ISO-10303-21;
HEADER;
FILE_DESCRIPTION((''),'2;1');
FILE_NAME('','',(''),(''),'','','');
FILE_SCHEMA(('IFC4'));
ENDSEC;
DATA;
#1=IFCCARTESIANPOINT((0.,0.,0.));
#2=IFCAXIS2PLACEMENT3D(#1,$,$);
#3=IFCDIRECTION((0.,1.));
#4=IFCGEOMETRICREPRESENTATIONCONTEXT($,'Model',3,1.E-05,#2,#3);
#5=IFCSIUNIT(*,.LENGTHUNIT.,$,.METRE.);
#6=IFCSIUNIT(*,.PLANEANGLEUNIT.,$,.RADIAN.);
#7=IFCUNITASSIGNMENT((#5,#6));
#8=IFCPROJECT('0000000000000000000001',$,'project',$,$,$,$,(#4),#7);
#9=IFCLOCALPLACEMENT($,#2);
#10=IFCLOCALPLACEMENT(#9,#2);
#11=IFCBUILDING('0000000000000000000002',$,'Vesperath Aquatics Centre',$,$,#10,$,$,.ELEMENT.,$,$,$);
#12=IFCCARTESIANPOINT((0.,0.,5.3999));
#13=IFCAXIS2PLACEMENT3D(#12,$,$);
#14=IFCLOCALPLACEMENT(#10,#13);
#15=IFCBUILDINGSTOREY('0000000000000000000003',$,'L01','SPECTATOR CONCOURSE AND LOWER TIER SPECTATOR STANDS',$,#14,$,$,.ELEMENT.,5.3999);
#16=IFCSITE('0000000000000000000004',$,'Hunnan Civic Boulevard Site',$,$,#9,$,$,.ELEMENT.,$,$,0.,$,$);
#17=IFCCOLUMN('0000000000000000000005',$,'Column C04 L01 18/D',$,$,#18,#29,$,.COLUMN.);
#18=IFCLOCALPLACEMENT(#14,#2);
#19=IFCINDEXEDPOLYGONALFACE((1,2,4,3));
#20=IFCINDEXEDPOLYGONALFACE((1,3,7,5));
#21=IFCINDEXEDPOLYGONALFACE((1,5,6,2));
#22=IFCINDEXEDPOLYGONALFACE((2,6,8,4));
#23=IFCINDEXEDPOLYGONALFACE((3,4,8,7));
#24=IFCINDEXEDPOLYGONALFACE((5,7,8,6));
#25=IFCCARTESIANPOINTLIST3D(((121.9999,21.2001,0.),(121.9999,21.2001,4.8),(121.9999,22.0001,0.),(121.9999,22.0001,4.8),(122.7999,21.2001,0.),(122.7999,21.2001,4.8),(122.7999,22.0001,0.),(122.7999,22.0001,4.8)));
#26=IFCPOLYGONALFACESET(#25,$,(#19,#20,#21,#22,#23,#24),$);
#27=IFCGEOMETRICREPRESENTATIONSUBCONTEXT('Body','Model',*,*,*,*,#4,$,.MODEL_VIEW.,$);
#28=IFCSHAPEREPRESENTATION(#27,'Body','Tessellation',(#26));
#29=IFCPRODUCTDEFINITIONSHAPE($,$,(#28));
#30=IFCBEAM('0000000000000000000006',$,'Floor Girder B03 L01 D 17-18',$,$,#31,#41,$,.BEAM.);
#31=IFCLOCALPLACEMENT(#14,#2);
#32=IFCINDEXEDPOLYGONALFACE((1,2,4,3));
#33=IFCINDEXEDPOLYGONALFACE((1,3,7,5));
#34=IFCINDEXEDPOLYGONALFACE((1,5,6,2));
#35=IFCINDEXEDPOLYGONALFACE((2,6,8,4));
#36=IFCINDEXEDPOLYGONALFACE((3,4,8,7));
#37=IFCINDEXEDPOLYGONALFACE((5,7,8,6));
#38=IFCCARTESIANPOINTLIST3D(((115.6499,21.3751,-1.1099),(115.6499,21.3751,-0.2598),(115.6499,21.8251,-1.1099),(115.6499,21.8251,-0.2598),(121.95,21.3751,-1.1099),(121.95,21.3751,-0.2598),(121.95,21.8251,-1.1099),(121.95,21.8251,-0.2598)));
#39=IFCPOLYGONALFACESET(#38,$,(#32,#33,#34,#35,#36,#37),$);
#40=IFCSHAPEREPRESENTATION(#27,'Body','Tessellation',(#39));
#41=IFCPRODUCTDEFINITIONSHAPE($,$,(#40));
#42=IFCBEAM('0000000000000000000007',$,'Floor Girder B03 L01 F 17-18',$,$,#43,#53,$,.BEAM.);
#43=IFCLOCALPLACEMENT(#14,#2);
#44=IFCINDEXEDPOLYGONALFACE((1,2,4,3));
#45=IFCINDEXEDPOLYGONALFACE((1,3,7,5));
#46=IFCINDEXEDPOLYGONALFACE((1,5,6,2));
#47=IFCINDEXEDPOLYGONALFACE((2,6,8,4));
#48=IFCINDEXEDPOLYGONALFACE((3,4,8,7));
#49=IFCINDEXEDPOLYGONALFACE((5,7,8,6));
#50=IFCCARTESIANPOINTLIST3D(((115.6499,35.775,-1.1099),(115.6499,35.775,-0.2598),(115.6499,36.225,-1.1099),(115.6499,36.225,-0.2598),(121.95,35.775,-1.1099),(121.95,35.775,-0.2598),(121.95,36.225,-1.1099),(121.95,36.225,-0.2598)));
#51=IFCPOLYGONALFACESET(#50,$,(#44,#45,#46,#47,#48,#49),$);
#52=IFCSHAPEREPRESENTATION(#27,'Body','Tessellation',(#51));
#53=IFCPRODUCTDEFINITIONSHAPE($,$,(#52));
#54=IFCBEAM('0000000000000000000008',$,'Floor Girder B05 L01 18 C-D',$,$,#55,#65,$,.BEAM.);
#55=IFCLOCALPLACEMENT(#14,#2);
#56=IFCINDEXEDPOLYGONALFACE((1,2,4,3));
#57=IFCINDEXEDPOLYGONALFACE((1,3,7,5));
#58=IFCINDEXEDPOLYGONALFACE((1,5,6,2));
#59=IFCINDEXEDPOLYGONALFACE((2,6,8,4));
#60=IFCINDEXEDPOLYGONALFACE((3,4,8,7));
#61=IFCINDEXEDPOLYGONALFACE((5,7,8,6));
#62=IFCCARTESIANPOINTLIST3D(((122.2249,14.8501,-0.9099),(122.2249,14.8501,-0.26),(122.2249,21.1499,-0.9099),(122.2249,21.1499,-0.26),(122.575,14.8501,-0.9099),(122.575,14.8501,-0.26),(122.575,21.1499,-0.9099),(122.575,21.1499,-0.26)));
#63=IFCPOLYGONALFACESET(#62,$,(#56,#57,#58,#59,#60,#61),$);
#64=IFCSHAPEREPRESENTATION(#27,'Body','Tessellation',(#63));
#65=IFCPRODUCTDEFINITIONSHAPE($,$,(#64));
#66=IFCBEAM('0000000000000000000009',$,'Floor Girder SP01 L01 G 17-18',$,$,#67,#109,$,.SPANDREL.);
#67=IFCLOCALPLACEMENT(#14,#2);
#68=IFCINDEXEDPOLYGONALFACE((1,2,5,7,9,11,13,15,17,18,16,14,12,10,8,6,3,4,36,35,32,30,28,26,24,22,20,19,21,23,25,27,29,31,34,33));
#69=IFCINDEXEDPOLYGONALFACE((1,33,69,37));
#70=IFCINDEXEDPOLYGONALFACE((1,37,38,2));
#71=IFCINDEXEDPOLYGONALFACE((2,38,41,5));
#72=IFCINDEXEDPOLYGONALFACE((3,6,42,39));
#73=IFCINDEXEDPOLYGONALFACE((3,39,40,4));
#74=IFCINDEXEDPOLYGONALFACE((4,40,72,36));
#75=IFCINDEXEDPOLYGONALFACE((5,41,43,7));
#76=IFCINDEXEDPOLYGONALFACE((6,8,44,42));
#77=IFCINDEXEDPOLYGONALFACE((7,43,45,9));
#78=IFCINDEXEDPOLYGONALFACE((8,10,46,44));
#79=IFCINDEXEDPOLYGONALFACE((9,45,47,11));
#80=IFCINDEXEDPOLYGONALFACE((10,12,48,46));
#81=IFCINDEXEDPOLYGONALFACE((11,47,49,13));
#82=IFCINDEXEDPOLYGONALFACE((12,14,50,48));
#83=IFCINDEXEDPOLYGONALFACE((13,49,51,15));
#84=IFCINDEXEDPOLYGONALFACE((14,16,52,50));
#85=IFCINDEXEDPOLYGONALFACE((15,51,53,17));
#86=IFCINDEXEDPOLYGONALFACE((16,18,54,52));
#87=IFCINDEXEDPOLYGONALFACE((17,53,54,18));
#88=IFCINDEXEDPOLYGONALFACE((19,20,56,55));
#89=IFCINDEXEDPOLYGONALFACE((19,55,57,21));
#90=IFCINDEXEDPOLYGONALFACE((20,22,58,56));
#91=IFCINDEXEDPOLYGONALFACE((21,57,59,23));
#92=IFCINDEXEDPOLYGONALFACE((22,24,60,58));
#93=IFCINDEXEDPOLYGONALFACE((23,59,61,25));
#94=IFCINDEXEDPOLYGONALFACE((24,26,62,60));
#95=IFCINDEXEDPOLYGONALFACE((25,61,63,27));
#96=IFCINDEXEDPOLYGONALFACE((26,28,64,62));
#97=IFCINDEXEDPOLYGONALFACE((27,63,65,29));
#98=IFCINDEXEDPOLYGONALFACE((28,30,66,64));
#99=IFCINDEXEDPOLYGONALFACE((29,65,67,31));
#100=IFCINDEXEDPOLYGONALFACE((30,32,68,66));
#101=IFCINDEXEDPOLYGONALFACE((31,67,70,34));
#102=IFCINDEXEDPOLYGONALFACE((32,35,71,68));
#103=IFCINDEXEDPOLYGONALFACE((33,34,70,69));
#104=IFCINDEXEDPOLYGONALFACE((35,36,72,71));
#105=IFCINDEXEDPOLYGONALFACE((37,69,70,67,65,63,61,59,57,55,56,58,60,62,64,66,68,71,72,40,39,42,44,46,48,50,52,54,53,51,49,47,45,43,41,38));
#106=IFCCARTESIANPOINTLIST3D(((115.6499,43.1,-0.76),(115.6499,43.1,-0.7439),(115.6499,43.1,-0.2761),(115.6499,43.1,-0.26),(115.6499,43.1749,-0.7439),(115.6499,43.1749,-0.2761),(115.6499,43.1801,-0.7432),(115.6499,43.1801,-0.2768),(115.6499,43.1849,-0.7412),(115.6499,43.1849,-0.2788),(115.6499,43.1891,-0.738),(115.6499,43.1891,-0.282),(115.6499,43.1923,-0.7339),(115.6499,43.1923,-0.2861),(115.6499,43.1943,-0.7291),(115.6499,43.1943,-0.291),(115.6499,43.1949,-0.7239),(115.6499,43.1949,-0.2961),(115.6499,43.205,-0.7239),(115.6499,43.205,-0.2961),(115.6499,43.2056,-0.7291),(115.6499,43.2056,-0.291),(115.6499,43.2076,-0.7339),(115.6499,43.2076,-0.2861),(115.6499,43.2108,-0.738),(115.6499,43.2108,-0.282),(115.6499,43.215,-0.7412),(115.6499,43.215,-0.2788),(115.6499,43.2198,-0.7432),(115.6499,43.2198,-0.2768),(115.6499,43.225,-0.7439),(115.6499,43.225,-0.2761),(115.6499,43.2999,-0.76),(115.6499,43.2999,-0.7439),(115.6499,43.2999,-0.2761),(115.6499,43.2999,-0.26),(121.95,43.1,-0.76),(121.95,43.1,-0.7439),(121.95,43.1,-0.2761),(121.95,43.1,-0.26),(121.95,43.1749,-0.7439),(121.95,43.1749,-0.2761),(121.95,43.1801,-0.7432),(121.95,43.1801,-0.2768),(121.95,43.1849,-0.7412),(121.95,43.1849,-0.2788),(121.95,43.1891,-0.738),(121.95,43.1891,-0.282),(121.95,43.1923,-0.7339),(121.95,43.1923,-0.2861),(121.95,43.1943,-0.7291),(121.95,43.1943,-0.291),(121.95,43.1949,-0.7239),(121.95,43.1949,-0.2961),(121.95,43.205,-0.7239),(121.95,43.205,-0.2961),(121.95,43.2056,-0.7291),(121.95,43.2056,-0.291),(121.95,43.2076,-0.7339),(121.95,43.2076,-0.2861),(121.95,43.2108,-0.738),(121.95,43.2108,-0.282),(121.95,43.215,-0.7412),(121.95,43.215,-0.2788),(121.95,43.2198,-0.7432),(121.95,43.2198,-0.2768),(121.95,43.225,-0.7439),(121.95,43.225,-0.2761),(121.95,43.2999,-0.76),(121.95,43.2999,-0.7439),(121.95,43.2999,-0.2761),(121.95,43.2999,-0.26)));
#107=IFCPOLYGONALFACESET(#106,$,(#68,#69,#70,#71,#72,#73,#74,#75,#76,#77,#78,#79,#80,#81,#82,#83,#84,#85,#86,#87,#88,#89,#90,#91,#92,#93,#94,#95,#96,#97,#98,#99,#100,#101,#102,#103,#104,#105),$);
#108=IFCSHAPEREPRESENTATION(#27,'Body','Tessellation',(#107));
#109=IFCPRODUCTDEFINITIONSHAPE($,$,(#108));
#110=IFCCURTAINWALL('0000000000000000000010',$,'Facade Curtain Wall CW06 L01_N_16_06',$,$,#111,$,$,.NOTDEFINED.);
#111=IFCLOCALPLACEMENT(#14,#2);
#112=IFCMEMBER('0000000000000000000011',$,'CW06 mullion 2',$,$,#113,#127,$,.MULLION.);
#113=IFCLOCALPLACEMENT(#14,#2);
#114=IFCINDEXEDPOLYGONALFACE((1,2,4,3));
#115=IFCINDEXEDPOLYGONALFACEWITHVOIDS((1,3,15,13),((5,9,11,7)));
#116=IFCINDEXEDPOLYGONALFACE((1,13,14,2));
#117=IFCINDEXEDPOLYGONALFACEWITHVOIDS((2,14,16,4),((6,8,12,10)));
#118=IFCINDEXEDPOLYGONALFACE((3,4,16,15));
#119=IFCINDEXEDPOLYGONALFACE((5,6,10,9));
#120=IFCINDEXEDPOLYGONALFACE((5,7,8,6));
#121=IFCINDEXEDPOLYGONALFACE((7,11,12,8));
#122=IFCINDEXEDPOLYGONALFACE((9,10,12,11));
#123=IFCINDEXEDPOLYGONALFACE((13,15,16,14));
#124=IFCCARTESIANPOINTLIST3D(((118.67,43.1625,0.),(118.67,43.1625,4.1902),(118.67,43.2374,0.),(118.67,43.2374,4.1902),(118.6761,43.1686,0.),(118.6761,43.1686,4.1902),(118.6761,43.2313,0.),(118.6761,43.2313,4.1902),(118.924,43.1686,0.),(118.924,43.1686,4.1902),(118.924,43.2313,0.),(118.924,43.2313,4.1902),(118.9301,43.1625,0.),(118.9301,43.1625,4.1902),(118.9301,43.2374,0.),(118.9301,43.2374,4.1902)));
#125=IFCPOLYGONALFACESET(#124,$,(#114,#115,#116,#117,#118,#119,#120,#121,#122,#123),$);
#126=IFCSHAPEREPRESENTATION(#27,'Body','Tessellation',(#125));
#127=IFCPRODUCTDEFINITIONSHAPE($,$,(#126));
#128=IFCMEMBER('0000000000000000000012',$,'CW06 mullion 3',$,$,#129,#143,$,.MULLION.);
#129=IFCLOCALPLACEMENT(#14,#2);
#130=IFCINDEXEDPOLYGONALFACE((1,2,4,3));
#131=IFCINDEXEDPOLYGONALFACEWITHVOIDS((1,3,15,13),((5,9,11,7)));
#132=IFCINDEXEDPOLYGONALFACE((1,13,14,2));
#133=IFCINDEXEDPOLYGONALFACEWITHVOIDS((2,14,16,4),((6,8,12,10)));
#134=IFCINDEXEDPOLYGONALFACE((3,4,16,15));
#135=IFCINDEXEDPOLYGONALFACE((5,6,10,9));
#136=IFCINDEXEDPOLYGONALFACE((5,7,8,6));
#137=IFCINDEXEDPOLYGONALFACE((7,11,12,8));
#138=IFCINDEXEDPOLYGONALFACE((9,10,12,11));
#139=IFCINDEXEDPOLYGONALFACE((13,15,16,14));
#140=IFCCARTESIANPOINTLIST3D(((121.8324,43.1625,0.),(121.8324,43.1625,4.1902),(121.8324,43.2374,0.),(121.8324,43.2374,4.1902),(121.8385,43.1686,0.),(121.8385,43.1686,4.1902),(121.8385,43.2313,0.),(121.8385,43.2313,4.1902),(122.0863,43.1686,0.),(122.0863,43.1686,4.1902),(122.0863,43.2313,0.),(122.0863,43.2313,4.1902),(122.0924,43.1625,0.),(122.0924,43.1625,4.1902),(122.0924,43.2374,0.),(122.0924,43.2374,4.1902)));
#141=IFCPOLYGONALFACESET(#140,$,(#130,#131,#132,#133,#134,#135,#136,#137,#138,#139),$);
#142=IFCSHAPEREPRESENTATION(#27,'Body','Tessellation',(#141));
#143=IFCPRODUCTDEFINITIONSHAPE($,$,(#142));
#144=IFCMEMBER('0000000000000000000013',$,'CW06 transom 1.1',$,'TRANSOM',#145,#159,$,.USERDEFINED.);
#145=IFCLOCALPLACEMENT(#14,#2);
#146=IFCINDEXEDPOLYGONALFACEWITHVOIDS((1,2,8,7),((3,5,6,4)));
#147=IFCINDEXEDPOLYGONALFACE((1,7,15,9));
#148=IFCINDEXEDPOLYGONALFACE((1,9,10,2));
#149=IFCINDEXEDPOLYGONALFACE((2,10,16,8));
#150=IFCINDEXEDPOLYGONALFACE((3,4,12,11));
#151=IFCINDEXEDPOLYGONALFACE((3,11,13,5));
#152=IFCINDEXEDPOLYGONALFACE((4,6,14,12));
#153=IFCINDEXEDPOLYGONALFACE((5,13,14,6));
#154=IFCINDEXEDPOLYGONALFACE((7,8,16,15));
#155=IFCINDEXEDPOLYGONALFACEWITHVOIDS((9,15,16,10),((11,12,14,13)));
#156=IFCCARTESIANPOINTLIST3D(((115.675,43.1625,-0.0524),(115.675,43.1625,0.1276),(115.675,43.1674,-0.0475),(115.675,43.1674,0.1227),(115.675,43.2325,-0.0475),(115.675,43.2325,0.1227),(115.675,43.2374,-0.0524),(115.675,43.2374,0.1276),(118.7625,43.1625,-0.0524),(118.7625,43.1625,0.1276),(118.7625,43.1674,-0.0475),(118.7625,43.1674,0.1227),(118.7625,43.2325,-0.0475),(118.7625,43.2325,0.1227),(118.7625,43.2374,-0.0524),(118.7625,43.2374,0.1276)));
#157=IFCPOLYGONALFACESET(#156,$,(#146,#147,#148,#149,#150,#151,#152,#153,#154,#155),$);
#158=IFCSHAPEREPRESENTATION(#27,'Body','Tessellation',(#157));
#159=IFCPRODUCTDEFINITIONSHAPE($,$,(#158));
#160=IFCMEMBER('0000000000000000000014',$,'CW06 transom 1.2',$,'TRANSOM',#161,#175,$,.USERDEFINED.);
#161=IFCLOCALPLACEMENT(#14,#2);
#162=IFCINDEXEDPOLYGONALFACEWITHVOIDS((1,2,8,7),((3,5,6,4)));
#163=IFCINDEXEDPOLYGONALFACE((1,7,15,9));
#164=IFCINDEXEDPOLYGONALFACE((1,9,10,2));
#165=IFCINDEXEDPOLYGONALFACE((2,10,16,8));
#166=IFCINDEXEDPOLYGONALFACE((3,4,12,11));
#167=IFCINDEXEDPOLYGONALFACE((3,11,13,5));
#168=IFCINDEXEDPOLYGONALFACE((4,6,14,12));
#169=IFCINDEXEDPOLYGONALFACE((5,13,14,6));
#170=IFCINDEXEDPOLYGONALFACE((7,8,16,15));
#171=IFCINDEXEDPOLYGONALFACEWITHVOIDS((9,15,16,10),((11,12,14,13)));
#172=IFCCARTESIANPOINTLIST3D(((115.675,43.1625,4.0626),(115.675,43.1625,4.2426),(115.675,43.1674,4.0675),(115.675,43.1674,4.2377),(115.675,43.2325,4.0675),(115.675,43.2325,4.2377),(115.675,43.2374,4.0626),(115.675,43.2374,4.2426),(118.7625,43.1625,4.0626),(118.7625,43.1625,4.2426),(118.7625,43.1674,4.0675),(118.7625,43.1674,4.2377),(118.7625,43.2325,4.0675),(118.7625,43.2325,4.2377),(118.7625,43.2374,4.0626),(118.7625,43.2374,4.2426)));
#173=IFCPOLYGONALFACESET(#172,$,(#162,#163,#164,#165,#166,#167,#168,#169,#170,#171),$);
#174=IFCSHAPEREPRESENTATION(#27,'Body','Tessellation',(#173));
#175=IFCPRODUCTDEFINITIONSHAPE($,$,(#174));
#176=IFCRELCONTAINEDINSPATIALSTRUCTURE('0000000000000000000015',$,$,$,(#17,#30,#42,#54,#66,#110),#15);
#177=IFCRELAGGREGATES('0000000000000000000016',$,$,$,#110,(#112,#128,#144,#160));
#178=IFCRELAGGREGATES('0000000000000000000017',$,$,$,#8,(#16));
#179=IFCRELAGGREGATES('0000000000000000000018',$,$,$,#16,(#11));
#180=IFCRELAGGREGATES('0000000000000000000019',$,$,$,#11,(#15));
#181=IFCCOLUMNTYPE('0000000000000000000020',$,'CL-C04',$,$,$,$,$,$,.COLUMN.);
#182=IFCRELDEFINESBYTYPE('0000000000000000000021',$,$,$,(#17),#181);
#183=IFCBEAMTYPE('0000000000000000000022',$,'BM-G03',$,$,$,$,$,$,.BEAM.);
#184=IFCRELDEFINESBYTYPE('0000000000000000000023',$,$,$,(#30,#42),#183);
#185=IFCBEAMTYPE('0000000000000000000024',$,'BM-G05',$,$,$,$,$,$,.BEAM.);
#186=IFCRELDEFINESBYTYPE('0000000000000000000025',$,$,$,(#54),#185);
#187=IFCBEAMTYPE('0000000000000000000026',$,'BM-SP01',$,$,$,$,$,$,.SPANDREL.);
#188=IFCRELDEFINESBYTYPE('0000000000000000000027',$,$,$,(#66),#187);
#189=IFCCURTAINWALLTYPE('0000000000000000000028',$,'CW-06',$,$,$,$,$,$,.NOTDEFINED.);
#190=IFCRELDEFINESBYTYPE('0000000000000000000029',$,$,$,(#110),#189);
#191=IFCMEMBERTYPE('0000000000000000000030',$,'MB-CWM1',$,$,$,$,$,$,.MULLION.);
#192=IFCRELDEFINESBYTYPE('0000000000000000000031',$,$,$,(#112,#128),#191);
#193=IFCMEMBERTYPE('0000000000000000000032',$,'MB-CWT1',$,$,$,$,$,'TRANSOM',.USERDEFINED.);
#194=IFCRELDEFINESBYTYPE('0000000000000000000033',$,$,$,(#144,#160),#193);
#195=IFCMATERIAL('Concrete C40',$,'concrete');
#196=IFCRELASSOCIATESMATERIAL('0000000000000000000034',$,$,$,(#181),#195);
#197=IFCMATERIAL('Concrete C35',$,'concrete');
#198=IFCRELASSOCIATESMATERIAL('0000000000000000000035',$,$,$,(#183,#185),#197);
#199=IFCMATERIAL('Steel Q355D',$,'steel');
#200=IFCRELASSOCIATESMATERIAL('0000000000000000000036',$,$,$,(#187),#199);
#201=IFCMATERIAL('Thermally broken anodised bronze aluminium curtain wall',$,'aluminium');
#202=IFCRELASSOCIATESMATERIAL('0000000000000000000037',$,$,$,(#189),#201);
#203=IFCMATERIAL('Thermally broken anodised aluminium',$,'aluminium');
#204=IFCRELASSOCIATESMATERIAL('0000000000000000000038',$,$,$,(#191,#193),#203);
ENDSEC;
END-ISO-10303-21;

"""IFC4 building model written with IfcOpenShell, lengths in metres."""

from ifc_helpers import new_model, si_unit, direction, frame, origin, origin_2d, place, context, subcontext, project, spatial, rectangle, hollow_rectangle, i_section, extrude, material, material_profile, profile_set, type_object, element, aggregate, save


model = new_model("IFC4")

# Units and contexts
model_context = context("Model", 3, precision=1e-05, world=origin(), true_north=direction((0.0, 1.0)))
body_context = subcontext(model_context, "Body", "Model", "MODEL_VIEW")
ifc_project = project(units=[si_unit("LENGTHUNIT", "METRE"), si_unit("PLANEANGLEUNIT", "RADIAN")], contexts=[model_context])

# Site, building, storey
site_placement = place(None, origin())
site = spatial("IfcSite", under=ifc_project, at=site_placement, Name="Hunnan Civic Boulevard Site", CompositionType="ELEMENT", RefElevation=0.0)
building_placement = place(site_placement, origin())
building = spatial("IfcBuilding", under=site, at=building_placement, Name="Vesperath Aquatics Centre", CompositionType="ELEMENT")
storey_placement = place(building_placement, frame((0.0, 0.0, 5.3999)))
storey = spatial("IfcBuildingStorey", under=building, at=storey_placement, Name="L01", Description="SPECTATOR CONCOURSE AND LOWER TIER SPECTATOR STANDS", CompositionType="ELEMENT", Elevation=5.3999)

# Column
ifc_material_1 = material(Name="Concrete C40", Category="concrete")
ifc_material_profile_1 = material_profile(ifc_material_1, rectangle(XDim=0.8, YDim=0.8, at=origin_2d()), Name="RC 800x800")
ifc_profile_set_1 = profile_set([ifc_material_profile_1], Name="Concrete C40")
column_type = type_object("IfcColumnType", Name="CL-C04", PredefinedType="COLUMN", material=ifc_profile_set_1)
column_placement = place(storey_placement, frame((122.3999, 21.6001, 0.0), z_axis=(0.0, 0.0, 1.0), x_axis=(1.0, 0.0, 0.0)))
element("IfcColumn", 1, at=column_placement, inside=storey, type_object=column_type, Name="Column C04 L01 18/D", PredefinedType="COLUMN", context=body_context, shape_type="SweptSolid", body=[
    extrude(rectangle(XDim=0.8, YDim=0.8, at=origin_2d()), origin(), (0.0, 0.0, 1.0), 4.8),
])

# Beams
ifc_material_2 = material(Name="Concrete C35", Category="concrete")
ifc_material_profile_2 = material_profile(ifc_material_2, rectangle(XDim=0.45, YDim=0.8501, at=origin_2d()), Name="RC 450x850")
ifc_profile_set_2 = profile_set([ifc_material_profile_2], Name="Concrete C35")
beam_type_1 = type_object("IfcBeamType", Name="BM-G03", PredefinedType="BEAM", material=ifc_profile_set_2)
for number, where, z_axis, x_axis, name in (
    (2, (115.6499, 21.6001, -0.6848), (1.0, 0.0, 0.0), (0.0, 1.0, 0.0), "Floor Girder B03 L01 D 17-18"),
    (3, (115.6499, 36.0, -0.6848), (1.0, 0.0, 0.0), (0.0, 1.0, 0.0), "Floor Girder B03 L01 F 17-18"),
):
    element("IfcBeam", number, at=place(storey_placement, frame(where, z_axis=z_axis, x_axis=x_axis)), inside=storey, type_object=beam_type_1, Name=name, PredefinedType="BEAM", context=body_context, shape_type="SweptSolid", body=[
        extrude(rectangle(XDim=0.45, YDim=0.8501, at=origin_2d()), origin(), (0.0, 0.0, 1.0), 6.3),
    ])
ifc_material_profile_3 = material_profile(ifc_material_2, rectangle(XDim=0.3501, YDim=0.6499, at=origin_2d()), Name="RC 350x650")
ifc_profile_set_3 = profile_set([ifc_material_profile_3], Name="Concrete C35")
beam_type_2 = type_object("IfcBeamType", Name="BM-G05", PredefinedType="BEAM", material=ifc_profile_set_3)
beam_1_placement = place(storey_placement, frame((122.3999, 14.8501, -0.585), z_axis=(0.0, 1.0, 0.0), x_axis=(-1.0, 0.0, 0.0)))
element("IfcBeam", 4, at=beam_1_placement, inside=storey, type_object=beam_type_2, Name="Floor Girder B05 L01 18 C-D", PredefinedType="BEAM", context=body_context, shape_type="SweptSolid", body=[
    extrude(rectangle(XDim=0.3501, YDim=0.6499, at=origin_2d()), origin(), (0.0, 0.0, 1.0), 6.2998),
])
ifc_material_3 = material(Name="Steel Q355D", Category="steel")
ifc_material_profile_4 = material_profile(ifc_material_3, i_section(OverallWidth=0.2, OverallDepth=0.5, WebThickness=0.01, FlangeThickness=0.0161, FilletRadius=0.02, at=origin_2d()), Name="HN 500x200x10x16")
ifc_profile_set_4 = profile_set([ifc_material_profile_4], Name="Steel Q355D")
beam_type_3 = type_object("IfcBeamType", Name="BM-SP01", PredefinedType="SPANDREL", material=ifc_profile_set_4)
beam_2_placement = place(storey_placement, frame((115.6499, 43.2, -0.51), z_axis=(1.0, 0.0, 0.0), x_axis=(0.0, 1.0, 0.0)))
element("IfcBeam", 5, at=beam_2_placement, inside=storey, type_object=beam_type_3, Name="Floor Girder SP01 L01 G 17-18", PredefinedType="SPANDREL", context=body_context, shape_type="SweptSolid", body=[
    extrude(i_section(OverallWidth=0.2, OverallDepth=0.5, WebThickness=0.01, FlangeThickness=0.0161, FilletRadius=0.02, at=origin_2d()), origin(), (0.0, 0.0, 1.0), 6.3),
])

# Curtain wall, members
ifc_material_4 = material(Name="Thermally broken anodised bronze aluminium curtain wall", Category="aluminium")
curtain_wall_type = type_object("IfcCurtainWallType", Name="CW-06", PredefinedType="NOTDEFINED", material=ifc_material_4)
curtain_wall_placement = place(storey_placement, origin())
curtain_wall = element("IfcCurtainWall", 6, at=curtain_wall_placement, inside=storey, type_object=curtain_wall_type, Name="Facade Curtain Wall CW06 L01_N_16_06", PredefinedType="NOTDEFINED")
ifc_material_5 = material(Name="Thermally broken anodised aluminium", Category="aluminium")
ifc_material_profile_5 = material_profile(ifc_material_5, hollow_rectangle(XDim=0.075, YDim=0.26, WallThickness=0.0061, at=origin_2d()), Name="CWM 75x260x6")
ifc_profile_set_5 = profile_set([ifc_material_profile_5], Name="Thermally broken anodised aluminium")
member_type_1 = type_object("IfcMemberType", Name="MB-CWM1", PredefinedType="MULLION", material=ifc_profile_set_5)
member_1_placement = place(storey_placement, frame((118.8, 43.2, 0.0), z_axis=(0.0, 0.0, 1.0), x_axis=(0.0, 1.0, 0.0)))
member_1 = element("IfcMember", 7, at=member_1_placement, type_object=member_type_1, Name="CW06 mullion 2", PredefinedType="MULLION", context=body_context, shape_type="SweptSolid", body=[
    extrude(hollow_rectangle(XDim=0.075, YDim=0.26, WallThickness=0.0061, at=origin_2d()), origin(), (0.0, 0.0, 1.0), 4.1902),
])
member_2_placement = place(storey_placement, frame((121.9624, 43.2, 0.0), z_axis=(0.0, 0.0, 1.0), x_axis=(0.0, 1.0, 0.0)))
member_2 = element("IfcMember", 8, at=member_2_placement, type_object=member_type_1, Name="CW06 mullion 3", PredefinedType="MULLION", context=body_context, shape_type="SweptSolid", body=[
    extrude(hollow_rectangle(XDim=0.075, YDim=0.26, WallThickness=0.0061, at=origin_2d()), origin(), (0.0, 0.0, 1.0), 4.1902),
])
ifc_material_profile_6 = material_profile(ifc_material_5, hollow_rectangle(XDim=0.075, YDim=0.1799, WallThickness=0.0049, at=origin_2d()), Name="CWT 75x180x5")
ifc_profile_set_6 = profile_set([ifc_material_profile_6], Name="Thermally broken anodised aluminium")
member_type_2 = type_object("IfcMemberType", Name="MB-CWT1", ElementType="TRANSOM", PredefinedType="USERDEFINED", material=ifc_profile_set_6)
member_3_placement = place(storey_placement, frame((115.675, 43.2, 0.0376), z_axis=(1.0, 0.0, 0.0), x_axis=(0.0, 1.0, 0.0)))
member_3 = element("IfcMember", 9, at=member_3_placement, type_object=member_type_2, Name="CW06 transom 1.1", ObjectType="TRANSOM", PredefinedType="USERDEFINED", context=body_context, shape_type="SweptSolid", body=[
    extrude(hollow_rectangle(XDim=0.075, YDim=0.1799, WallThickness=0.0049, at=origin_2d()), origin(), (0.0, 0.0, 1.0), 3.0874),
])
member_4_placement = place(storey_placement, frame((115.675, 43.2, 4.1526), z_axis=(1.0, 0.0, 0.0), x_axis=(0.0, 1.0, 0.0)))
member_4 = element("IfcMember", 10, at=member_4_placement, type_object=member_type_2, Name="CW06 transom 1.2", ObjectType="TRANSOM", PredefinedType="USERDEFINED", context=body_context, shape_type="SweptSolid", body=[
    extrude(hollow_rectangle(XDim=0.075, YDim=0.1799, WallThickness=0.0049, at=origin_2d()), origin(), (0.0, 0.0, 1.0), 3.0874),
])
aggregate(curtain_wall, [member_1, member_2, member_3, member_4])

save(model, "model.ifc")
